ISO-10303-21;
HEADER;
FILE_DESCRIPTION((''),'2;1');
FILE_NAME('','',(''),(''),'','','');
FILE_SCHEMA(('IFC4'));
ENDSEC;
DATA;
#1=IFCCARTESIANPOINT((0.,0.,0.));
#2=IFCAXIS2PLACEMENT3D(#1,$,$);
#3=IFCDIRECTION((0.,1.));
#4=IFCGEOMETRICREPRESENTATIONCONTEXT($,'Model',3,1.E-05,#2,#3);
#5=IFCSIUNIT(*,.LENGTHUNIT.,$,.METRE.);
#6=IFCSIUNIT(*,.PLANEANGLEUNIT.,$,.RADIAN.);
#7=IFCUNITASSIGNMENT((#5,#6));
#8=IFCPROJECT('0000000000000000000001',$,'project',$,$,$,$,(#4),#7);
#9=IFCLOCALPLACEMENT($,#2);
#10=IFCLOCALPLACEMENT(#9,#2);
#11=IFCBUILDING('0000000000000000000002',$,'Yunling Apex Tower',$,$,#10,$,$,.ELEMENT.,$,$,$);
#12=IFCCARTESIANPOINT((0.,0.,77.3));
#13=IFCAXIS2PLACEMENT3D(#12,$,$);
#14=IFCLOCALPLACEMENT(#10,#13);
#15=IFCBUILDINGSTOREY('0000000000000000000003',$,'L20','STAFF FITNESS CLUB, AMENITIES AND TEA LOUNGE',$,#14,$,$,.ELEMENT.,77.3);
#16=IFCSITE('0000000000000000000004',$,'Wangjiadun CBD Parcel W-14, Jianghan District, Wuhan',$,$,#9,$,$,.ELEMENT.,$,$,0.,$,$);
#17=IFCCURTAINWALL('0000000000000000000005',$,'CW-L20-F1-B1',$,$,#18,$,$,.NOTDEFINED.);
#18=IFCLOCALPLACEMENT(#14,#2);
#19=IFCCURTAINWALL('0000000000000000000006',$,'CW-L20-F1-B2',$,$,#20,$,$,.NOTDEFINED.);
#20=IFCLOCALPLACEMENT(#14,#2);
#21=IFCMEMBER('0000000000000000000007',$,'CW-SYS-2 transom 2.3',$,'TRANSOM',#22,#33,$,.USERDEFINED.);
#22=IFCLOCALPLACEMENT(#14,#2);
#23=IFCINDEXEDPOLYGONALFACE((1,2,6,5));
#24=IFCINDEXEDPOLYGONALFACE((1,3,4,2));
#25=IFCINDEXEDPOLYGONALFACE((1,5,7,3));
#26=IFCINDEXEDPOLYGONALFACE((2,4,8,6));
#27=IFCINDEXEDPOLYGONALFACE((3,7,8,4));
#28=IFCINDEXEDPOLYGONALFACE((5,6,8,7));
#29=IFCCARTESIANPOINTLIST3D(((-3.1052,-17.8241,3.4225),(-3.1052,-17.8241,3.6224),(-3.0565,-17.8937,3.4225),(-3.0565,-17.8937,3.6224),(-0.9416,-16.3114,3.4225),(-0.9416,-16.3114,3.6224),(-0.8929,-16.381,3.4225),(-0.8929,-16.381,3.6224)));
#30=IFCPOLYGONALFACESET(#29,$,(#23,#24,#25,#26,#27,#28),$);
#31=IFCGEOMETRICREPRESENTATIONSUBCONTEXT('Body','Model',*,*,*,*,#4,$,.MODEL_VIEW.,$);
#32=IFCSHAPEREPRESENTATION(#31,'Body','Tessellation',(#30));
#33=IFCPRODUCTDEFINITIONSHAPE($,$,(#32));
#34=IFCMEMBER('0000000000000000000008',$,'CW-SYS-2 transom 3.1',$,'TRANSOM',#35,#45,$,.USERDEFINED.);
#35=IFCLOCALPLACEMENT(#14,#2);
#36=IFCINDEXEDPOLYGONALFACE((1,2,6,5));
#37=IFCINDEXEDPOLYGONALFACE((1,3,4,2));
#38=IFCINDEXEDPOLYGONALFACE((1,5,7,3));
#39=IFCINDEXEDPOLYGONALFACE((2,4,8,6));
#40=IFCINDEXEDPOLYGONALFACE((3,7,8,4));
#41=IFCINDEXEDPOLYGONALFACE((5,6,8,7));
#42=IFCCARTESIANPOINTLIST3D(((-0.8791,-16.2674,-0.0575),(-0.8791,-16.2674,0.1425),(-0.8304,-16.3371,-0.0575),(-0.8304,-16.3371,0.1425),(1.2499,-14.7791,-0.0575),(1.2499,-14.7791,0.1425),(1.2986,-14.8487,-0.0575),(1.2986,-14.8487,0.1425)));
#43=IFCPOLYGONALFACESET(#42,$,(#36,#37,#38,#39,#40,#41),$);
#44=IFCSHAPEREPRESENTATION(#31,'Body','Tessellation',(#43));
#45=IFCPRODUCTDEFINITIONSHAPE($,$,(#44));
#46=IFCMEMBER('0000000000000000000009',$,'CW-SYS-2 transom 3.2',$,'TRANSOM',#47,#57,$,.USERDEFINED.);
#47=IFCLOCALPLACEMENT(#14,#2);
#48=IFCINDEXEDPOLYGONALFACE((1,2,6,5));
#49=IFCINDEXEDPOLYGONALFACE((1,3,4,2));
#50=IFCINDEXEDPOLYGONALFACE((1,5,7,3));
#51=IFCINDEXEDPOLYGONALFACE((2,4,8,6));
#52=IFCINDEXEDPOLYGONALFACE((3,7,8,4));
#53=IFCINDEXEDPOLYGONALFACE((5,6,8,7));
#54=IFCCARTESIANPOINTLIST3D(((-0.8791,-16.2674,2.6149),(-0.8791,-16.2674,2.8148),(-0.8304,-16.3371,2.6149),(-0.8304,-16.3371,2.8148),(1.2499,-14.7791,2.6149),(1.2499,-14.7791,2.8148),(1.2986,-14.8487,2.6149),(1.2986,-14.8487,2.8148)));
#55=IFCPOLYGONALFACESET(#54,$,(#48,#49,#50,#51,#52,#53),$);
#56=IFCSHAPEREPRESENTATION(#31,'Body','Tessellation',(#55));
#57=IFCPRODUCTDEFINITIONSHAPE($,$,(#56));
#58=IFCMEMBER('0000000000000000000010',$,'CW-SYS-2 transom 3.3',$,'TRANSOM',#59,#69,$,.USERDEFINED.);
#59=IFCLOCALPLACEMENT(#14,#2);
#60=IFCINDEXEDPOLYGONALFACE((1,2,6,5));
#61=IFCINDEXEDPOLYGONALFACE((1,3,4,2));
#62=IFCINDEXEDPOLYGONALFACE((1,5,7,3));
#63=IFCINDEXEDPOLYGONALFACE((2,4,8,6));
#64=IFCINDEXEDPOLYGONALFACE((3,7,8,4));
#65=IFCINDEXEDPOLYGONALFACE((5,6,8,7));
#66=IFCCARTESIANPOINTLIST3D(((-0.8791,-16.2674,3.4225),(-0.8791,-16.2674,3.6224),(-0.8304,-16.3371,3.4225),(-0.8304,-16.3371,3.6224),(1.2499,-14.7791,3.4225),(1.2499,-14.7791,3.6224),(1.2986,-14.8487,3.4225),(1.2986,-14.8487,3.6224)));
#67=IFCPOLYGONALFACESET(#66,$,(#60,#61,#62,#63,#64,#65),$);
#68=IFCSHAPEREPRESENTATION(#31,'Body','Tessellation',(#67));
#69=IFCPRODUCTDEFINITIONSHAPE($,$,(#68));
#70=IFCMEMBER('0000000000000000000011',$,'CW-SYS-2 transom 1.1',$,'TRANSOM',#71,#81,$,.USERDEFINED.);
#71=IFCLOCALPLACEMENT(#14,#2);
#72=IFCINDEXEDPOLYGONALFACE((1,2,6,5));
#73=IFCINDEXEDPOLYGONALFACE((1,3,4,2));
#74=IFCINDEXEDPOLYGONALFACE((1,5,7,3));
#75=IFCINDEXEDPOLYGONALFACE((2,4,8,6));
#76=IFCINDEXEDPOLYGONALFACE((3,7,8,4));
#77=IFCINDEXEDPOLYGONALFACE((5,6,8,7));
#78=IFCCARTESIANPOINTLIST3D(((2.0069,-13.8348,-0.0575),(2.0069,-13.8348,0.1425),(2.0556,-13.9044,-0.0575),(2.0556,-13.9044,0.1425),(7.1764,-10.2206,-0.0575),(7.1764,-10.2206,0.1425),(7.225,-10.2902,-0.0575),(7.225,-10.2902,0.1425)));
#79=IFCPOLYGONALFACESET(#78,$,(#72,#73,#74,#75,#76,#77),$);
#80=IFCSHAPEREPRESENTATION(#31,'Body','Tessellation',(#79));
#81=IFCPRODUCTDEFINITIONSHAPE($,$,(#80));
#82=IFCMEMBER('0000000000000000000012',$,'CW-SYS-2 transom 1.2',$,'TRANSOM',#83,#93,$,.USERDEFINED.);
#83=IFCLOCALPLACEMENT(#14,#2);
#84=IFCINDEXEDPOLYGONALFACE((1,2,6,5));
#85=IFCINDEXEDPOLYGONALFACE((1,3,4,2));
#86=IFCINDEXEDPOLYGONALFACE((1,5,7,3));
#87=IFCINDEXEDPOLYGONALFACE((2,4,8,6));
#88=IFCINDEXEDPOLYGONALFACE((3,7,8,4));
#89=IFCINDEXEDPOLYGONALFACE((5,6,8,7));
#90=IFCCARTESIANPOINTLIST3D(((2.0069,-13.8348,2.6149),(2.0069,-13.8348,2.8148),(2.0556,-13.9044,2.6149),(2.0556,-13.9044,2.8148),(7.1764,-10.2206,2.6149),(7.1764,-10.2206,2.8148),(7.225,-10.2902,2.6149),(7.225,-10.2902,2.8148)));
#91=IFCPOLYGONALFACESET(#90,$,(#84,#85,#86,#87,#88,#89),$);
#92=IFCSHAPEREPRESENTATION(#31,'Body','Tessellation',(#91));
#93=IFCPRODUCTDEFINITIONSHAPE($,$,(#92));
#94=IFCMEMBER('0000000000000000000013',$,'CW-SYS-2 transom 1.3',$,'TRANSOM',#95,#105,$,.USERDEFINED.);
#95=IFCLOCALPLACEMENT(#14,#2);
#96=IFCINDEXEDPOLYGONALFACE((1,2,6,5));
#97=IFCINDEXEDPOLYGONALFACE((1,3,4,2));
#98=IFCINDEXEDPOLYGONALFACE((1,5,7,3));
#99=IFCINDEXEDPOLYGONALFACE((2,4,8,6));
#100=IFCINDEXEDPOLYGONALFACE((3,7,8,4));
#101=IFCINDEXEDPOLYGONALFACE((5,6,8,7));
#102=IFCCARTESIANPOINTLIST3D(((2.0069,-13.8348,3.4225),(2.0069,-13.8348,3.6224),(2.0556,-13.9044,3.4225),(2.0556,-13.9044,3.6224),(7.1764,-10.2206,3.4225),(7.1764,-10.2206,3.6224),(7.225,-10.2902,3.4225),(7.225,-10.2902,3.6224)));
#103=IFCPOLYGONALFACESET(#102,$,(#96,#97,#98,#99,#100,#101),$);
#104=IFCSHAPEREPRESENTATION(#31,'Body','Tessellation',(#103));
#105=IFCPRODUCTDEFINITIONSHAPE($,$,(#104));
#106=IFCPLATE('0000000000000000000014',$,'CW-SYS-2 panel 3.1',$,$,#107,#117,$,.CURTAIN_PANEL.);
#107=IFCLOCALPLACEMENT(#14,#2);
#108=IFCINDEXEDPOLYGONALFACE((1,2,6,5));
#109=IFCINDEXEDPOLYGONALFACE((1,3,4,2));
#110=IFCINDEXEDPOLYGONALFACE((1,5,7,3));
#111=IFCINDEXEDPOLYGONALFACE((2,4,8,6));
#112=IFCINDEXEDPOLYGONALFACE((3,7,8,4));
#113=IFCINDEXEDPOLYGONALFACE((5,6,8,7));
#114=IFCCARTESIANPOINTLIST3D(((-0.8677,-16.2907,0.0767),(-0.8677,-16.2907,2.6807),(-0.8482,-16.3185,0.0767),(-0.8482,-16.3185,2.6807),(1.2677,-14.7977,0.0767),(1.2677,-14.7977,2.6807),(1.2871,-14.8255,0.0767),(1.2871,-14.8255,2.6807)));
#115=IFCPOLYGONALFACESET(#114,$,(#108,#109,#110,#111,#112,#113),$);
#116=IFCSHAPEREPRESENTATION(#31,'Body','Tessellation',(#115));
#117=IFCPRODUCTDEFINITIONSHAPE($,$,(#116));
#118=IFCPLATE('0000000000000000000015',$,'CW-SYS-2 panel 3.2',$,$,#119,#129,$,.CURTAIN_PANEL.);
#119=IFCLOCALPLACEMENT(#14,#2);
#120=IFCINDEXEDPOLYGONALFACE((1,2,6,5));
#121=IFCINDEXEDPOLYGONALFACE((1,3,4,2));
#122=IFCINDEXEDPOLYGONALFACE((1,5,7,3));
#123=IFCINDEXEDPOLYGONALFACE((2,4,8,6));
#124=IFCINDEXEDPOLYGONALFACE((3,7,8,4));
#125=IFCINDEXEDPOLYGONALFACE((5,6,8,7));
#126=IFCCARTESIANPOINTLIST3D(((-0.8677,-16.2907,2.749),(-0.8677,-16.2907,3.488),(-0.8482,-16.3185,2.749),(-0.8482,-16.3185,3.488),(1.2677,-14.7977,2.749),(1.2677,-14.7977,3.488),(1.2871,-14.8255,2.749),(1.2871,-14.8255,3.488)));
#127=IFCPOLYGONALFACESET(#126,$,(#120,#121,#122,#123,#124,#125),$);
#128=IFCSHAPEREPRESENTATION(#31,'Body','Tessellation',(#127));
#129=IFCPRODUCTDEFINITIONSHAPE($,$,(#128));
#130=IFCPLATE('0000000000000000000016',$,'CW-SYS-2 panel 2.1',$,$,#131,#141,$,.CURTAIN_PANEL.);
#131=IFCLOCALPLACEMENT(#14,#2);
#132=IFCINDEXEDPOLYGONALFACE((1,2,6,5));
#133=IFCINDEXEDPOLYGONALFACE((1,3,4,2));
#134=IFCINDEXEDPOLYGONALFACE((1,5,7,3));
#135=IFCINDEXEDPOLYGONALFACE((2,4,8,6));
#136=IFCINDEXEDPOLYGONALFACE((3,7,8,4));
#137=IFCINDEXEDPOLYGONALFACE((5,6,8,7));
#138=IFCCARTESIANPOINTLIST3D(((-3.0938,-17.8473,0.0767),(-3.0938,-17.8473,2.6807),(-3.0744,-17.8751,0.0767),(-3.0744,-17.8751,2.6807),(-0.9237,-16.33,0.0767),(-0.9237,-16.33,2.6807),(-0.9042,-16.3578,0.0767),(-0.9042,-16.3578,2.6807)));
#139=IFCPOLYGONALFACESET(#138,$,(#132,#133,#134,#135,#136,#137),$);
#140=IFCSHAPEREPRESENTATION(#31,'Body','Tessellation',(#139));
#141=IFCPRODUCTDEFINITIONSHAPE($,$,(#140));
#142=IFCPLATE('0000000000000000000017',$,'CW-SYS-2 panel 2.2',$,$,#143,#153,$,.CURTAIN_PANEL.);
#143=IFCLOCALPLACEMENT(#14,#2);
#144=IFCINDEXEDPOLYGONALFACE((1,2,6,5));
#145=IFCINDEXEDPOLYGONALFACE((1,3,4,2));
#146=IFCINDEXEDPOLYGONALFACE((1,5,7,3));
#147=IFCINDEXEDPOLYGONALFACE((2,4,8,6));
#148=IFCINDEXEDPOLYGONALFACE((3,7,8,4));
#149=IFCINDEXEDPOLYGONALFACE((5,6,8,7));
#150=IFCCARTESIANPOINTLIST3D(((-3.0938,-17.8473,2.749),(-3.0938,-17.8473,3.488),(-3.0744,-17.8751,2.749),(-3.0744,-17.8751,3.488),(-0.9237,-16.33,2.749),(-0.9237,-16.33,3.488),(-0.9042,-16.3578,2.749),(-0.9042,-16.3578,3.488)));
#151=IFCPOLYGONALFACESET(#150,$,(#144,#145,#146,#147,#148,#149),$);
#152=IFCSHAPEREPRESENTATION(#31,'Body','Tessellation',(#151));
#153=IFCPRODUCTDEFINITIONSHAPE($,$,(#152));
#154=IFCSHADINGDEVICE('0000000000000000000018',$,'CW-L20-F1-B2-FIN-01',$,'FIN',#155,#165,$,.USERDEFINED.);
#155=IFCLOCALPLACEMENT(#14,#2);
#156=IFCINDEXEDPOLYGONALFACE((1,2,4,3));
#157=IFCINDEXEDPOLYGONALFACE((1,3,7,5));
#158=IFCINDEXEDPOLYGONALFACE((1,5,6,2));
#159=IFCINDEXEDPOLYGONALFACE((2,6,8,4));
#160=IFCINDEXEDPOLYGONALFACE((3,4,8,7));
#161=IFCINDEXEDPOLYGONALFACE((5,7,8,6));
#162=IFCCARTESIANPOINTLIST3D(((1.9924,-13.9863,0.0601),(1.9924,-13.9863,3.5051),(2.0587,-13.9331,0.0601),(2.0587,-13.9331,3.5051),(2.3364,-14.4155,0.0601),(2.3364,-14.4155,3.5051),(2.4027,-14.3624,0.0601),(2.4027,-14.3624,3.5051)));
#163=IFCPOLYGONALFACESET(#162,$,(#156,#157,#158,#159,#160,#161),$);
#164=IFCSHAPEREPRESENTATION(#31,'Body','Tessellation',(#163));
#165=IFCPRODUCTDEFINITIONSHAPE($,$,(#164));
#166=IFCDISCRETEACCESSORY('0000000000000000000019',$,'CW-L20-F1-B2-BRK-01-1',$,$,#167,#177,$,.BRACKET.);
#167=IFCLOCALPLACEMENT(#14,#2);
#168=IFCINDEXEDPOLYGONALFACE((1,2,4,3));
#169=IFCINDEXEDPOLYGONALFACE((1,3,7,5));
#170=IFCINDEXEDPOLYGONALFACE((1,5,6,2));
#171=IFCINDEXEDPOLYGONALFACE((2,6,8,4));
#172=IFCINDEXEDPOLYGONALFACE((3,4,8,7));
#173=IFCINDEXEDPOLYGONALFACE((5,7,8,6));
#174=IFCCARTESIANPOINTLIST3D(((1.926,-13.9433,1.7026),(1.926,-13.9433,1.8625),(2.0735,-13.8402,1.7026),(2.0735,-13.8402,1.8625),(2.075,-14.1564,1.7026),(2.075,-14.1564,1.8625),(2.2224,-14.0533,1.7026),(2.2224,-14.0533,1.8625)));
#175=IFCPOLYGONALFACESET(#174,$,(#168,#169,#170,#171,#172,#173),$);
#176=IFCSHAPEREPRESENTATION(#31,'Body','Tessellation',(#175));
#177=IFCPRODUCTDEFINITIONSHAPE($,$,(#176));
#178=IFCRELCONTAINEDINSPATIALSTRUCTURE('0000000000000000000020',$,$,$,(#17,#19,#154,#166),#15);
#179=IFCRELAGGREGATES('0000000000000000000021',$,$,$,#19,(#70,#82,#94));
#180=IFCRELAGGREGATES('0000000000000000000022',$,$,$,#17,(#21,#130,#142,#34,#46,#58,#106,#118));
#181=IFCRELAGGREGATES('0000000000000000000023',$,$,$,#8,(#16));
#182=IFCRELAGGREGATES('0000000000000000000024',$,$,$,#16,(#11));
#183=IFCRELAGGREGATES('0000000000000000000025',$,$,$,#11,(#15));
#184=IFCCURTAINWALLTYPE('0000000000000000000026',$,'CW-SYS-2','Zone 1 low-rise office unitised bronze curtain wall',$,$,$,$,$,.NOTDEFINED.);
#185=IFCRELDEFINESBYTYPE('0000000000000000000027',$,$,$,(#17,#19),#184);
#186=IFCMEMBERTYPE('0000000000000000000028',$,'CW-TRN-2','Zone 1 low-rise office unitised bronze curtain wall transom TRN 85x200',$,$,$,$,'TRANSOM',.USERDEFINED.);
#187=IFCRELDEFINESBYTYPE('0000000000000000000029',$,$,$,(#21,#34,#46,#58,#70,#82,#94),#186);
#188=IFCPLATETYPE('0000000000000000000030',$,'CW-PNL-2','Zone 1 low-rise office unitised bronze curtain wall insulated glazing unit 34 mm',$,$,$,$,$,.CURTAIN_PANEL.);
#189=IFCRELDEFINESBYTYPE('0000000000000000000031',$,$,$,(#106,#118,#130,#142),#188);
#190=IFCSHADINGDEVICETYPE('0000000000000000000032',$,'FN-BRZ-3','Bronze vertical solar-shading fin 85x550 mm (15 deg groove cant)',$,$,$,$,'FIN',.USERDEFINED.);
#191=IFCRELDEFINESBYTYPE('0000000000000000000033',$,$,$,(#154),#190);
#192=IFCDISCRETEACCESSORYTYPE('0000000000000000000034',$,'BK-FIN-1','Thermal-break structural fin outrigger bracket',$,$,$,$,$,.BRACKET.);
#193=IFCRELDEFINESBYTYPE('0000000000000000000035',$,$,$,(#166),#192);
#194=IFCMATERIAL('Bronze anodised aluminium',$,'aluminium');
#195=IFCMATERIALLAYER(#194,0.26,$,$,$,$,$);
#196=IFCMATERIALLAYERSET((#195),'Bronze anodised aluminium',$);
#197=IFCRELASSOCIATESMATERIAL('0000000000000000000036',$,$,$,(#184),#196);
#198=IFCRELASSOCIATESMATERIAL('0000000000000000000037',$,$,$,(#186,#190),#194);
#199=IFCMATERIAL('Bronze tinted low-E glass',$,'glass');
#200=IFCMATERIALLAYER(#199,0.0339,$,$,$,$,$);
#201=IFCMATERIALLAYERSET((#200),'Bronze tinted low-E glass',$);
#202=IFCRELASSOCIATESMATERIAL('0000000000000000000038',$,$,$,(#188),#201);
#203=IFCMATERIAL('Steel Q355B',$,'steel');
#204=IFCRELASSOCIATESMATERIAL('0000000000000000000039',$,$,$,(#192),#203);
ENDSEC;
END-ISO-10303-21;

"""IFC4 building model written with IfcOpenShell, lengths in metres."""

from ifc_helpers import new_model, si_unit, direction, frame, origin, origin_2d, place, context, subcontext, project, spatial, rectangle, extrude, source, transform, mapped, material, layer, layer_set, material_profile, profile_set, type_object, element, aggregate, save


model = new_model("IFC4")

# Units and contexts
model_context = context("Model", 3, precision=1e-05, world=origin(), true_north=direction((0.0, 1.0)))
body_context = subcontext(model_context, "Body", "Model", "MODEL_VIEW")
ifc_project = project(units=[si_unit("LENGTHUNIT", "METRE"), si_unit("PLANEANGLEUNIT", "RADIAN")], contexts=[model_context])

# Site, building, storey
site_placement = place(None, origin())
site = spatial("IfcSite", under=ifc_project, at=site_placement, Name="Wangjiadun CBD Parcel W-14, Jianghan District, Wuhan", CompositionType="ELEMENT", RefElevation=0.0)
building_placement = place(site_placement, origin())
building = spatial("IfcBuilding", under=site, at=building_placement, Name="Yunling Apex Tower", CompositionType="ELEMENT")
storey_placement = place(building_placement, frame((0.0, 0.0, 77.3)))
storey = spatial("IfcBuildingStorey", under=building, at=storey_placement, Name="L20", Description="STAFF FITNESS CLUB, AMENITIES AND TEA LOUNGE", CompositionType="ELEMENT", Elevation=77.3)

# Shared definitions
ifc_material_1 = material(Name="Steel Q355B", Category="steel")

# Curtain wall
ifc_material_2 = material(Name="Bronze anodised aluminium", Category="aluminium")
ifc_layer_1 = layer(ifc_material_2, 0.26)
ifc_layer_set_1 = layer_set([ifc_layer_1], Name="Bronze anodised aluminium")
curtain_wall_type = type_object("IfcCurtainWallType", Name="CW-SYS-2", Description="Zone 1 low-rise office unitised bronze curtain wall", PredefinedType="NOTDEFINED", material=ifc_layer_set_1)
curtain_wall_1_placement = place(storey_placement, origin())
curtain_wall_1 = element("IfcCurtainWall", 1, at=curtain_wall_1_placement, inside=storey, type_object=curtain_wall_type, Name="CW-L20-F1-B1", PredefinedType="NOTDEFINED")

# Curtain wall
curtain_wall_2_placement = place(storey_placement, origin())
curtain_wall_2 = element("IfcCurtainWall", 2, at=curtain_wall_2_placement, inside=storey, type_object=curtain_wall_type, Name="CW-L20-F1-B2", PredefinedType="NOTDEFINED")

# Members
ifc_material_profile_1 = material_profile(ifc_material_2, rectangle(XDim=0.085, YDim=0.2, at=origin_2d()))
ifc_profile_set_1 = profile_set([ifc_material_profile_1], Name="Bronze anodised aluminium")
member_type_1 = type_object("IfcMemberType", Name="CW-TRN-2", Description="Zone 1 low-rise office unitised bronze curtain wall transom TRN 85x200", ElementType="TRANSOM", PredefinedType="USERDEFINED", material=ifc_profile_set_1)
shared_shape_1 = source(origin(), body_context, "Body", "SweptSolid", [
    extrude(rectangle(XDim=0.085, YDim=0.2, at=origin_2d()), origin(), (0.0, 0.0, 1.0), 2.6399),
])
member_1_placement = place(storey_placement, frame((-3.0808, -17.8589, 3.5225), z_axis=(0.819553, 0.573003, 0.0), x_axis=(-0.573003, 0.819553, 0.0)))
member_1 = element("IfcMember", 3, at=member_1_placement, type_object=member_type_1, Name="CW-SYS-2 transom 2.3", ObjectType="TRANSOM", PredefinedType="USERDEFINED", context=body_context, shape_type="MappedRepresentation", body=[
    mapped(shared_shape_1, transform((0.0, 0.0, 0.0), scale=1.0)),
])
shared_shape_2 = source(origin(), body_context, "Body", "SweptSolid", [
    extrude(rectangle(XDim=0.085, YDim=0.2, at=origin_2d()), origin(), (0.0, 0.0, 1.0), 2.5977),
])
member_2_placement = place(storey_placement, frame((-0.8547, -16.3022, 0.0425), z_axis=(0.819585, 0.572958, 0.0), x_axis=(-0.572958, 0.819585, 0.0)))
member_2 = element("IfcMember", 4, at=member_2_placement, type_object=member_type_1, Name="CW-SYS-2 transom 3.1", ObjectType="TRANSOM", PredefinedType="USERDEFINED", context=body_context, shape_type="MappedRepresentation", body=[
    mapped(shared_shape_2, transform((0.0, 0.0, 0.0), scale=1.0)),
])
member_3_placement = place(storey_placement, frame((-0.8547, -16.3022, 2.7148), z_axis=(0.819585, 0.572958, 0.0), x_axis=(-0.572958, 0.819585, 0.0)))
member_3 = element("IfcMember", 5, at=member_3_placement, type_object=member_type_1, Name="CW-SYS-2 transom 3.2", ObjectType="TRANSOM", PredefinedType="USERDEFINED", context=body_context, shape_type="MappedRepresentation", body=[
    mapped(shared_shape_2, transform((0.0, 0.0, 0.0), scale=1.0)),
])
member_4_placement = place(storey_placement, frame((-0.8547, -16.3022, 3.5225), z_axis=(0.819585, 0.572958, 0.0), x_axis=(-0.572958, 0.819585, 0.0)))
member_4 = element("IfcMember", 6, at=member_4_placement, type_object=member_type_1, Name="CW-SYS-2 transom 3.3", ObjectType="TRANSOM", PredefinedType="USERDEFINED", context=body_context, shape_type="MappedRepresentation", body=[
    mapped(shared_shape_2, transform((0.0, 0.0, 0.0), scale=1.0)),
])
shared_shape_3 = source(origin(), body_context, "Body", "SweptSolid", [
    extrude(rectangle(XDim=0.085, YDim=0.2, at=origin_2d()), origin(), (0.0, 0.0, 1.0), 6.3076),
])
member_5_placement = place(storey_placement, frame((2.0312, -13.8696, 0.0425), z_axis=(0.819555, 0.573, 0.0), x_axis=(-0.573, 0.819555, 0.0)))
member_5 = element("IfcMember", 7, at=member_5_placement, type_object=member_type_1, Name="CW-SYS-2 transom 1.1", ObjectType="TRANSOM", PredefinedType="USERDEFINED", context=body_context, shape_type="MappedRepresentation", body=[
    mapped(shared_shape_3, transform((0.0, 0.0, 0.0), scale=1.0)),
])
member_6_placement = place(storey_placement, frame((2.0312, -13.8696, 2.7148), z_axis=(0.819555, 0.573, 0.0), x_axis=(-0.573, 0.819555, 0.0)))
member_6 = element("IfcMember", 8, at=member_6_placement, type_object=member_type_1, Name="CW-SYS-2 transom 1.2", ObjectType="TRANSOM", PredefinedType="USERDEFINED", context=body_context, shape_type="MappedRepresentation", body=[
    mapped(shared_shape_3, transform((0.0, 0.0, 0.0), scale=1.0)),
])
member_7_placement = place(storey_placement, frame((2.0312, -13.8696, 3.5225), z_axis=(0.819555, 0.573, 0.0), x_axis=(-0.573, 0.819555, 0.0)))
member_7 = element("IfcMember", 9, at=member_7_placement, type_object=member_type_1, Name="CW-SYS-2 transom 1.3", ObjectType="TRANSOM", PredefinedType="USERDEFINED", context=body_context, shape_type="MappedRepresentation", body=[
    mapped(shared_shape_3, transform((0.0, 0.0, 0.0), scale=1.0)),
])
aggregate(curtain_wall_2, [member_5, member_6, member_7])

# Plates
ifc_material_3 = material(Name="Bronze tinted low-E glass", Category="glass")
ifc_layer_2 = layer(ifc_material_3, 0.0339)
ifc_layer_set_2 = layer_set([ifc_layer_2], Name="Bronze tinted low-E glass")
plate_type = type_object("IfcPlateType", Name="CW-PNL-2", Description="Zone 1 low-rise office unitised bronze curtain wall insulated glazing unit 34 mm", PredefinedType="CURTAIN_PANEL", material=ifc_layer_set_2)
shared_shape_4 = source(origin(), body_context, "Body", "SweptSolid", [
    extrude(rectangle(XDim=2.6055, YDim=0.0339, at=origin_2d()), origin(), (0.0, 0.0, 1.0), 2.604),
])
plate_1_placement = place(storey_placement, frame((0.2097, -15.5581, 0.0767), z_axis=(0.0, 0.0, 1.0), x_axis=(0.819552, 0.573004, 0.0)))
plate_1 = element("IfcPlate", 10, at=plate_1_placement, type_object=plate_type, Name="CW-SYS-2 panel 3.1", PredefinedType="CURTAIN_PANEL", context=body_context, shape_type="MappedRepresentation", body=[
    mapped(shared_shape_4, transform((0.0, 0.0, 0.0), scale=1.0)),
])
shared_shape_5 = source(origin(), body_context, "Body", "SweptSolid", [
    extrude(rectangle(XDim=2.6055, YDim=0.0339, at=origin_2d()), origin(), (0.0, 0.0, 1.0), 0.739),
])
plate_2_placement = place(storey_placement, frame((0.2097, -15.5581, 2.749), z_axis=(0.0, 0.0, 1.0), x_axis=(0.819552, 0.573004, 0.0)))
plate_2 = element("IfcPlate", 11, at=plate_2_placement, type_object=plate_type, Name="CW-SYS-2 panel 3.2", PredefinedType="CURTAIN_PANEL", context=body_context, shape_type="MappedRepresentation", body=[
    mapped(shared_shape_5, transform((0.0, 0.0, 0.0), scale=1.0)),
])
shared_shape_6 = source(origin(), body_context, "Body", "SweptSolid", [
    extrude(rectangle(XDim=2.6479, YDim=0.0339, at=origin_2d()), origin(), (0.0, 0.0, 1.0), 2.604),
])
plate_3_placement = place(storey_placement, frame((-1.999, -17.1025, 0.0767), z_axis=(0.0, 0.0, 1.0), x_axis=(0.819552, 0.573004, 0.0)))
plate_3 = element("IfcPlate", 12, at=plate_3_placement, type_object=plate_type, Name="CW-SYS-2 panel 2.1", PredefinedType="CURTAIN_PANEL", context=body_context, shape_type="MappedRepresentation", body=[
    mapped(shared_shape_6, transform((0.0, 0.0, 0.0), scale=1.0)),
])
shared_shape_7 = source(origin(), body_context, "Body", "SweptSolid", [
    extrude(rectangle(XDim=2.6479, YDim=0.0339, at=origin_2d()), origin(), (0.0, 0.0, 1.0), 0.739),
])
plate_4_placement = place(storey_placement, frame((-1.999, -17.1025, 2.749), z_axis=(0.0, 0.0, 1.0), x_axis=(0.819552, 0.573004, 0.0)))
plate_4 = element("IfcPlate", 13, at=plate_4_placement, type_object=plate_type, Name="CW-SYS-2 panel 2.2", PredefinedType="CURTAIN_PANEL", context=body_context, shape_type="MappedRepresentation", body=[
    mapped(shared_shape_7, transform((0.0, 0.0, 0.0), scale=1.0)),
])
aggregate(curtain_wall_1, [member_1, plate_3, plate_4, member_2, member_3, member_4, plate_1, plate_2])

# Shading device
ifc_material_profile_2 = material_profile(ifc_material_2, rectangle(XDim=0.085, YDim=0.55, at=origin_2d()))
ifc_profile_set_2 = profile_set([ifc_material_profile_2], Name="Bronze anodised aluminium")
shading_device_type = type_object("IfcShadingDeviceType", Name="FN-BRZ-3", Description="Bronze vertical solar-shading fin 85x550 mm (15 deg groove cant)", ElementType="FIN", PredefinedType="USERDEFINED", material=ifc_profile_set_2)
shared_shape_8 = source(origin(), body_context, "Body", "SweptSolid", [
    extrude(rectangle(XDim=0.085, YDim=0.55, at=origin_2d()), origin(), (0.0, 0.0, 1.0), 3.4451),
])
shading_device_placement = place(storey_placement, frame((2.1975, -14.1743, 0.0601), z_axis=(0.0, 0.0, 1.0), x_axis=(0.780321, 0.625379, 0.0)))
element("IfcShadingDevice", 14, at=shading_device_placement, inside=storey, type_object=shading_device_type, Name="CW-L20-F1-B2-FIN-01", ObjectType="FIN", PredefinedType="USERDEFINED", context=body_context, shape_type="MappedRepresentation", body=[
    mapped(shared_shape_8, transform((0.0, 0.0, 0.0), scale=1.0)),
])

# Discrete accessory
discrete_accessory_type = type_object("IfcDiscreteAccessoryType", Name="BK-FIN-1", Description="Thermal-break structural fin outrigger bracket", PredefinedType="BRACKET", material=ifc_material_1)
shared_shape_9 = source(origin(), body_context, "Body", "SweptSolid", [
    extrude(rectangle(XDim=0.1799, YDim=0.26, at=origin_2d()), origin(), (0.0, 0.0, 1.0), 0.1599),
])
discrete_accessory_placement = place(storey_placement, frame((2.0742, -13.9983, 1.7026), z_axis=(0.0, 0.0, 1.0), x_axis=(0.819552, 0.573004, 0.0)))
element("IfcDiscreteAccessory", 15, at=discrete_accessory_placement, inside=storey, type_object=discrete_accessory_type, Name="CW-L20-F1-B2-BRK-01-1", PredefinedType="BRACKET", context=body_context, shape_type="MappedRepresentation", body=[
    mapped(shared_shape_9, transform((0.0, 0.0, 0.0), scale=1.0)),
])

save(model, "model.ifc")
